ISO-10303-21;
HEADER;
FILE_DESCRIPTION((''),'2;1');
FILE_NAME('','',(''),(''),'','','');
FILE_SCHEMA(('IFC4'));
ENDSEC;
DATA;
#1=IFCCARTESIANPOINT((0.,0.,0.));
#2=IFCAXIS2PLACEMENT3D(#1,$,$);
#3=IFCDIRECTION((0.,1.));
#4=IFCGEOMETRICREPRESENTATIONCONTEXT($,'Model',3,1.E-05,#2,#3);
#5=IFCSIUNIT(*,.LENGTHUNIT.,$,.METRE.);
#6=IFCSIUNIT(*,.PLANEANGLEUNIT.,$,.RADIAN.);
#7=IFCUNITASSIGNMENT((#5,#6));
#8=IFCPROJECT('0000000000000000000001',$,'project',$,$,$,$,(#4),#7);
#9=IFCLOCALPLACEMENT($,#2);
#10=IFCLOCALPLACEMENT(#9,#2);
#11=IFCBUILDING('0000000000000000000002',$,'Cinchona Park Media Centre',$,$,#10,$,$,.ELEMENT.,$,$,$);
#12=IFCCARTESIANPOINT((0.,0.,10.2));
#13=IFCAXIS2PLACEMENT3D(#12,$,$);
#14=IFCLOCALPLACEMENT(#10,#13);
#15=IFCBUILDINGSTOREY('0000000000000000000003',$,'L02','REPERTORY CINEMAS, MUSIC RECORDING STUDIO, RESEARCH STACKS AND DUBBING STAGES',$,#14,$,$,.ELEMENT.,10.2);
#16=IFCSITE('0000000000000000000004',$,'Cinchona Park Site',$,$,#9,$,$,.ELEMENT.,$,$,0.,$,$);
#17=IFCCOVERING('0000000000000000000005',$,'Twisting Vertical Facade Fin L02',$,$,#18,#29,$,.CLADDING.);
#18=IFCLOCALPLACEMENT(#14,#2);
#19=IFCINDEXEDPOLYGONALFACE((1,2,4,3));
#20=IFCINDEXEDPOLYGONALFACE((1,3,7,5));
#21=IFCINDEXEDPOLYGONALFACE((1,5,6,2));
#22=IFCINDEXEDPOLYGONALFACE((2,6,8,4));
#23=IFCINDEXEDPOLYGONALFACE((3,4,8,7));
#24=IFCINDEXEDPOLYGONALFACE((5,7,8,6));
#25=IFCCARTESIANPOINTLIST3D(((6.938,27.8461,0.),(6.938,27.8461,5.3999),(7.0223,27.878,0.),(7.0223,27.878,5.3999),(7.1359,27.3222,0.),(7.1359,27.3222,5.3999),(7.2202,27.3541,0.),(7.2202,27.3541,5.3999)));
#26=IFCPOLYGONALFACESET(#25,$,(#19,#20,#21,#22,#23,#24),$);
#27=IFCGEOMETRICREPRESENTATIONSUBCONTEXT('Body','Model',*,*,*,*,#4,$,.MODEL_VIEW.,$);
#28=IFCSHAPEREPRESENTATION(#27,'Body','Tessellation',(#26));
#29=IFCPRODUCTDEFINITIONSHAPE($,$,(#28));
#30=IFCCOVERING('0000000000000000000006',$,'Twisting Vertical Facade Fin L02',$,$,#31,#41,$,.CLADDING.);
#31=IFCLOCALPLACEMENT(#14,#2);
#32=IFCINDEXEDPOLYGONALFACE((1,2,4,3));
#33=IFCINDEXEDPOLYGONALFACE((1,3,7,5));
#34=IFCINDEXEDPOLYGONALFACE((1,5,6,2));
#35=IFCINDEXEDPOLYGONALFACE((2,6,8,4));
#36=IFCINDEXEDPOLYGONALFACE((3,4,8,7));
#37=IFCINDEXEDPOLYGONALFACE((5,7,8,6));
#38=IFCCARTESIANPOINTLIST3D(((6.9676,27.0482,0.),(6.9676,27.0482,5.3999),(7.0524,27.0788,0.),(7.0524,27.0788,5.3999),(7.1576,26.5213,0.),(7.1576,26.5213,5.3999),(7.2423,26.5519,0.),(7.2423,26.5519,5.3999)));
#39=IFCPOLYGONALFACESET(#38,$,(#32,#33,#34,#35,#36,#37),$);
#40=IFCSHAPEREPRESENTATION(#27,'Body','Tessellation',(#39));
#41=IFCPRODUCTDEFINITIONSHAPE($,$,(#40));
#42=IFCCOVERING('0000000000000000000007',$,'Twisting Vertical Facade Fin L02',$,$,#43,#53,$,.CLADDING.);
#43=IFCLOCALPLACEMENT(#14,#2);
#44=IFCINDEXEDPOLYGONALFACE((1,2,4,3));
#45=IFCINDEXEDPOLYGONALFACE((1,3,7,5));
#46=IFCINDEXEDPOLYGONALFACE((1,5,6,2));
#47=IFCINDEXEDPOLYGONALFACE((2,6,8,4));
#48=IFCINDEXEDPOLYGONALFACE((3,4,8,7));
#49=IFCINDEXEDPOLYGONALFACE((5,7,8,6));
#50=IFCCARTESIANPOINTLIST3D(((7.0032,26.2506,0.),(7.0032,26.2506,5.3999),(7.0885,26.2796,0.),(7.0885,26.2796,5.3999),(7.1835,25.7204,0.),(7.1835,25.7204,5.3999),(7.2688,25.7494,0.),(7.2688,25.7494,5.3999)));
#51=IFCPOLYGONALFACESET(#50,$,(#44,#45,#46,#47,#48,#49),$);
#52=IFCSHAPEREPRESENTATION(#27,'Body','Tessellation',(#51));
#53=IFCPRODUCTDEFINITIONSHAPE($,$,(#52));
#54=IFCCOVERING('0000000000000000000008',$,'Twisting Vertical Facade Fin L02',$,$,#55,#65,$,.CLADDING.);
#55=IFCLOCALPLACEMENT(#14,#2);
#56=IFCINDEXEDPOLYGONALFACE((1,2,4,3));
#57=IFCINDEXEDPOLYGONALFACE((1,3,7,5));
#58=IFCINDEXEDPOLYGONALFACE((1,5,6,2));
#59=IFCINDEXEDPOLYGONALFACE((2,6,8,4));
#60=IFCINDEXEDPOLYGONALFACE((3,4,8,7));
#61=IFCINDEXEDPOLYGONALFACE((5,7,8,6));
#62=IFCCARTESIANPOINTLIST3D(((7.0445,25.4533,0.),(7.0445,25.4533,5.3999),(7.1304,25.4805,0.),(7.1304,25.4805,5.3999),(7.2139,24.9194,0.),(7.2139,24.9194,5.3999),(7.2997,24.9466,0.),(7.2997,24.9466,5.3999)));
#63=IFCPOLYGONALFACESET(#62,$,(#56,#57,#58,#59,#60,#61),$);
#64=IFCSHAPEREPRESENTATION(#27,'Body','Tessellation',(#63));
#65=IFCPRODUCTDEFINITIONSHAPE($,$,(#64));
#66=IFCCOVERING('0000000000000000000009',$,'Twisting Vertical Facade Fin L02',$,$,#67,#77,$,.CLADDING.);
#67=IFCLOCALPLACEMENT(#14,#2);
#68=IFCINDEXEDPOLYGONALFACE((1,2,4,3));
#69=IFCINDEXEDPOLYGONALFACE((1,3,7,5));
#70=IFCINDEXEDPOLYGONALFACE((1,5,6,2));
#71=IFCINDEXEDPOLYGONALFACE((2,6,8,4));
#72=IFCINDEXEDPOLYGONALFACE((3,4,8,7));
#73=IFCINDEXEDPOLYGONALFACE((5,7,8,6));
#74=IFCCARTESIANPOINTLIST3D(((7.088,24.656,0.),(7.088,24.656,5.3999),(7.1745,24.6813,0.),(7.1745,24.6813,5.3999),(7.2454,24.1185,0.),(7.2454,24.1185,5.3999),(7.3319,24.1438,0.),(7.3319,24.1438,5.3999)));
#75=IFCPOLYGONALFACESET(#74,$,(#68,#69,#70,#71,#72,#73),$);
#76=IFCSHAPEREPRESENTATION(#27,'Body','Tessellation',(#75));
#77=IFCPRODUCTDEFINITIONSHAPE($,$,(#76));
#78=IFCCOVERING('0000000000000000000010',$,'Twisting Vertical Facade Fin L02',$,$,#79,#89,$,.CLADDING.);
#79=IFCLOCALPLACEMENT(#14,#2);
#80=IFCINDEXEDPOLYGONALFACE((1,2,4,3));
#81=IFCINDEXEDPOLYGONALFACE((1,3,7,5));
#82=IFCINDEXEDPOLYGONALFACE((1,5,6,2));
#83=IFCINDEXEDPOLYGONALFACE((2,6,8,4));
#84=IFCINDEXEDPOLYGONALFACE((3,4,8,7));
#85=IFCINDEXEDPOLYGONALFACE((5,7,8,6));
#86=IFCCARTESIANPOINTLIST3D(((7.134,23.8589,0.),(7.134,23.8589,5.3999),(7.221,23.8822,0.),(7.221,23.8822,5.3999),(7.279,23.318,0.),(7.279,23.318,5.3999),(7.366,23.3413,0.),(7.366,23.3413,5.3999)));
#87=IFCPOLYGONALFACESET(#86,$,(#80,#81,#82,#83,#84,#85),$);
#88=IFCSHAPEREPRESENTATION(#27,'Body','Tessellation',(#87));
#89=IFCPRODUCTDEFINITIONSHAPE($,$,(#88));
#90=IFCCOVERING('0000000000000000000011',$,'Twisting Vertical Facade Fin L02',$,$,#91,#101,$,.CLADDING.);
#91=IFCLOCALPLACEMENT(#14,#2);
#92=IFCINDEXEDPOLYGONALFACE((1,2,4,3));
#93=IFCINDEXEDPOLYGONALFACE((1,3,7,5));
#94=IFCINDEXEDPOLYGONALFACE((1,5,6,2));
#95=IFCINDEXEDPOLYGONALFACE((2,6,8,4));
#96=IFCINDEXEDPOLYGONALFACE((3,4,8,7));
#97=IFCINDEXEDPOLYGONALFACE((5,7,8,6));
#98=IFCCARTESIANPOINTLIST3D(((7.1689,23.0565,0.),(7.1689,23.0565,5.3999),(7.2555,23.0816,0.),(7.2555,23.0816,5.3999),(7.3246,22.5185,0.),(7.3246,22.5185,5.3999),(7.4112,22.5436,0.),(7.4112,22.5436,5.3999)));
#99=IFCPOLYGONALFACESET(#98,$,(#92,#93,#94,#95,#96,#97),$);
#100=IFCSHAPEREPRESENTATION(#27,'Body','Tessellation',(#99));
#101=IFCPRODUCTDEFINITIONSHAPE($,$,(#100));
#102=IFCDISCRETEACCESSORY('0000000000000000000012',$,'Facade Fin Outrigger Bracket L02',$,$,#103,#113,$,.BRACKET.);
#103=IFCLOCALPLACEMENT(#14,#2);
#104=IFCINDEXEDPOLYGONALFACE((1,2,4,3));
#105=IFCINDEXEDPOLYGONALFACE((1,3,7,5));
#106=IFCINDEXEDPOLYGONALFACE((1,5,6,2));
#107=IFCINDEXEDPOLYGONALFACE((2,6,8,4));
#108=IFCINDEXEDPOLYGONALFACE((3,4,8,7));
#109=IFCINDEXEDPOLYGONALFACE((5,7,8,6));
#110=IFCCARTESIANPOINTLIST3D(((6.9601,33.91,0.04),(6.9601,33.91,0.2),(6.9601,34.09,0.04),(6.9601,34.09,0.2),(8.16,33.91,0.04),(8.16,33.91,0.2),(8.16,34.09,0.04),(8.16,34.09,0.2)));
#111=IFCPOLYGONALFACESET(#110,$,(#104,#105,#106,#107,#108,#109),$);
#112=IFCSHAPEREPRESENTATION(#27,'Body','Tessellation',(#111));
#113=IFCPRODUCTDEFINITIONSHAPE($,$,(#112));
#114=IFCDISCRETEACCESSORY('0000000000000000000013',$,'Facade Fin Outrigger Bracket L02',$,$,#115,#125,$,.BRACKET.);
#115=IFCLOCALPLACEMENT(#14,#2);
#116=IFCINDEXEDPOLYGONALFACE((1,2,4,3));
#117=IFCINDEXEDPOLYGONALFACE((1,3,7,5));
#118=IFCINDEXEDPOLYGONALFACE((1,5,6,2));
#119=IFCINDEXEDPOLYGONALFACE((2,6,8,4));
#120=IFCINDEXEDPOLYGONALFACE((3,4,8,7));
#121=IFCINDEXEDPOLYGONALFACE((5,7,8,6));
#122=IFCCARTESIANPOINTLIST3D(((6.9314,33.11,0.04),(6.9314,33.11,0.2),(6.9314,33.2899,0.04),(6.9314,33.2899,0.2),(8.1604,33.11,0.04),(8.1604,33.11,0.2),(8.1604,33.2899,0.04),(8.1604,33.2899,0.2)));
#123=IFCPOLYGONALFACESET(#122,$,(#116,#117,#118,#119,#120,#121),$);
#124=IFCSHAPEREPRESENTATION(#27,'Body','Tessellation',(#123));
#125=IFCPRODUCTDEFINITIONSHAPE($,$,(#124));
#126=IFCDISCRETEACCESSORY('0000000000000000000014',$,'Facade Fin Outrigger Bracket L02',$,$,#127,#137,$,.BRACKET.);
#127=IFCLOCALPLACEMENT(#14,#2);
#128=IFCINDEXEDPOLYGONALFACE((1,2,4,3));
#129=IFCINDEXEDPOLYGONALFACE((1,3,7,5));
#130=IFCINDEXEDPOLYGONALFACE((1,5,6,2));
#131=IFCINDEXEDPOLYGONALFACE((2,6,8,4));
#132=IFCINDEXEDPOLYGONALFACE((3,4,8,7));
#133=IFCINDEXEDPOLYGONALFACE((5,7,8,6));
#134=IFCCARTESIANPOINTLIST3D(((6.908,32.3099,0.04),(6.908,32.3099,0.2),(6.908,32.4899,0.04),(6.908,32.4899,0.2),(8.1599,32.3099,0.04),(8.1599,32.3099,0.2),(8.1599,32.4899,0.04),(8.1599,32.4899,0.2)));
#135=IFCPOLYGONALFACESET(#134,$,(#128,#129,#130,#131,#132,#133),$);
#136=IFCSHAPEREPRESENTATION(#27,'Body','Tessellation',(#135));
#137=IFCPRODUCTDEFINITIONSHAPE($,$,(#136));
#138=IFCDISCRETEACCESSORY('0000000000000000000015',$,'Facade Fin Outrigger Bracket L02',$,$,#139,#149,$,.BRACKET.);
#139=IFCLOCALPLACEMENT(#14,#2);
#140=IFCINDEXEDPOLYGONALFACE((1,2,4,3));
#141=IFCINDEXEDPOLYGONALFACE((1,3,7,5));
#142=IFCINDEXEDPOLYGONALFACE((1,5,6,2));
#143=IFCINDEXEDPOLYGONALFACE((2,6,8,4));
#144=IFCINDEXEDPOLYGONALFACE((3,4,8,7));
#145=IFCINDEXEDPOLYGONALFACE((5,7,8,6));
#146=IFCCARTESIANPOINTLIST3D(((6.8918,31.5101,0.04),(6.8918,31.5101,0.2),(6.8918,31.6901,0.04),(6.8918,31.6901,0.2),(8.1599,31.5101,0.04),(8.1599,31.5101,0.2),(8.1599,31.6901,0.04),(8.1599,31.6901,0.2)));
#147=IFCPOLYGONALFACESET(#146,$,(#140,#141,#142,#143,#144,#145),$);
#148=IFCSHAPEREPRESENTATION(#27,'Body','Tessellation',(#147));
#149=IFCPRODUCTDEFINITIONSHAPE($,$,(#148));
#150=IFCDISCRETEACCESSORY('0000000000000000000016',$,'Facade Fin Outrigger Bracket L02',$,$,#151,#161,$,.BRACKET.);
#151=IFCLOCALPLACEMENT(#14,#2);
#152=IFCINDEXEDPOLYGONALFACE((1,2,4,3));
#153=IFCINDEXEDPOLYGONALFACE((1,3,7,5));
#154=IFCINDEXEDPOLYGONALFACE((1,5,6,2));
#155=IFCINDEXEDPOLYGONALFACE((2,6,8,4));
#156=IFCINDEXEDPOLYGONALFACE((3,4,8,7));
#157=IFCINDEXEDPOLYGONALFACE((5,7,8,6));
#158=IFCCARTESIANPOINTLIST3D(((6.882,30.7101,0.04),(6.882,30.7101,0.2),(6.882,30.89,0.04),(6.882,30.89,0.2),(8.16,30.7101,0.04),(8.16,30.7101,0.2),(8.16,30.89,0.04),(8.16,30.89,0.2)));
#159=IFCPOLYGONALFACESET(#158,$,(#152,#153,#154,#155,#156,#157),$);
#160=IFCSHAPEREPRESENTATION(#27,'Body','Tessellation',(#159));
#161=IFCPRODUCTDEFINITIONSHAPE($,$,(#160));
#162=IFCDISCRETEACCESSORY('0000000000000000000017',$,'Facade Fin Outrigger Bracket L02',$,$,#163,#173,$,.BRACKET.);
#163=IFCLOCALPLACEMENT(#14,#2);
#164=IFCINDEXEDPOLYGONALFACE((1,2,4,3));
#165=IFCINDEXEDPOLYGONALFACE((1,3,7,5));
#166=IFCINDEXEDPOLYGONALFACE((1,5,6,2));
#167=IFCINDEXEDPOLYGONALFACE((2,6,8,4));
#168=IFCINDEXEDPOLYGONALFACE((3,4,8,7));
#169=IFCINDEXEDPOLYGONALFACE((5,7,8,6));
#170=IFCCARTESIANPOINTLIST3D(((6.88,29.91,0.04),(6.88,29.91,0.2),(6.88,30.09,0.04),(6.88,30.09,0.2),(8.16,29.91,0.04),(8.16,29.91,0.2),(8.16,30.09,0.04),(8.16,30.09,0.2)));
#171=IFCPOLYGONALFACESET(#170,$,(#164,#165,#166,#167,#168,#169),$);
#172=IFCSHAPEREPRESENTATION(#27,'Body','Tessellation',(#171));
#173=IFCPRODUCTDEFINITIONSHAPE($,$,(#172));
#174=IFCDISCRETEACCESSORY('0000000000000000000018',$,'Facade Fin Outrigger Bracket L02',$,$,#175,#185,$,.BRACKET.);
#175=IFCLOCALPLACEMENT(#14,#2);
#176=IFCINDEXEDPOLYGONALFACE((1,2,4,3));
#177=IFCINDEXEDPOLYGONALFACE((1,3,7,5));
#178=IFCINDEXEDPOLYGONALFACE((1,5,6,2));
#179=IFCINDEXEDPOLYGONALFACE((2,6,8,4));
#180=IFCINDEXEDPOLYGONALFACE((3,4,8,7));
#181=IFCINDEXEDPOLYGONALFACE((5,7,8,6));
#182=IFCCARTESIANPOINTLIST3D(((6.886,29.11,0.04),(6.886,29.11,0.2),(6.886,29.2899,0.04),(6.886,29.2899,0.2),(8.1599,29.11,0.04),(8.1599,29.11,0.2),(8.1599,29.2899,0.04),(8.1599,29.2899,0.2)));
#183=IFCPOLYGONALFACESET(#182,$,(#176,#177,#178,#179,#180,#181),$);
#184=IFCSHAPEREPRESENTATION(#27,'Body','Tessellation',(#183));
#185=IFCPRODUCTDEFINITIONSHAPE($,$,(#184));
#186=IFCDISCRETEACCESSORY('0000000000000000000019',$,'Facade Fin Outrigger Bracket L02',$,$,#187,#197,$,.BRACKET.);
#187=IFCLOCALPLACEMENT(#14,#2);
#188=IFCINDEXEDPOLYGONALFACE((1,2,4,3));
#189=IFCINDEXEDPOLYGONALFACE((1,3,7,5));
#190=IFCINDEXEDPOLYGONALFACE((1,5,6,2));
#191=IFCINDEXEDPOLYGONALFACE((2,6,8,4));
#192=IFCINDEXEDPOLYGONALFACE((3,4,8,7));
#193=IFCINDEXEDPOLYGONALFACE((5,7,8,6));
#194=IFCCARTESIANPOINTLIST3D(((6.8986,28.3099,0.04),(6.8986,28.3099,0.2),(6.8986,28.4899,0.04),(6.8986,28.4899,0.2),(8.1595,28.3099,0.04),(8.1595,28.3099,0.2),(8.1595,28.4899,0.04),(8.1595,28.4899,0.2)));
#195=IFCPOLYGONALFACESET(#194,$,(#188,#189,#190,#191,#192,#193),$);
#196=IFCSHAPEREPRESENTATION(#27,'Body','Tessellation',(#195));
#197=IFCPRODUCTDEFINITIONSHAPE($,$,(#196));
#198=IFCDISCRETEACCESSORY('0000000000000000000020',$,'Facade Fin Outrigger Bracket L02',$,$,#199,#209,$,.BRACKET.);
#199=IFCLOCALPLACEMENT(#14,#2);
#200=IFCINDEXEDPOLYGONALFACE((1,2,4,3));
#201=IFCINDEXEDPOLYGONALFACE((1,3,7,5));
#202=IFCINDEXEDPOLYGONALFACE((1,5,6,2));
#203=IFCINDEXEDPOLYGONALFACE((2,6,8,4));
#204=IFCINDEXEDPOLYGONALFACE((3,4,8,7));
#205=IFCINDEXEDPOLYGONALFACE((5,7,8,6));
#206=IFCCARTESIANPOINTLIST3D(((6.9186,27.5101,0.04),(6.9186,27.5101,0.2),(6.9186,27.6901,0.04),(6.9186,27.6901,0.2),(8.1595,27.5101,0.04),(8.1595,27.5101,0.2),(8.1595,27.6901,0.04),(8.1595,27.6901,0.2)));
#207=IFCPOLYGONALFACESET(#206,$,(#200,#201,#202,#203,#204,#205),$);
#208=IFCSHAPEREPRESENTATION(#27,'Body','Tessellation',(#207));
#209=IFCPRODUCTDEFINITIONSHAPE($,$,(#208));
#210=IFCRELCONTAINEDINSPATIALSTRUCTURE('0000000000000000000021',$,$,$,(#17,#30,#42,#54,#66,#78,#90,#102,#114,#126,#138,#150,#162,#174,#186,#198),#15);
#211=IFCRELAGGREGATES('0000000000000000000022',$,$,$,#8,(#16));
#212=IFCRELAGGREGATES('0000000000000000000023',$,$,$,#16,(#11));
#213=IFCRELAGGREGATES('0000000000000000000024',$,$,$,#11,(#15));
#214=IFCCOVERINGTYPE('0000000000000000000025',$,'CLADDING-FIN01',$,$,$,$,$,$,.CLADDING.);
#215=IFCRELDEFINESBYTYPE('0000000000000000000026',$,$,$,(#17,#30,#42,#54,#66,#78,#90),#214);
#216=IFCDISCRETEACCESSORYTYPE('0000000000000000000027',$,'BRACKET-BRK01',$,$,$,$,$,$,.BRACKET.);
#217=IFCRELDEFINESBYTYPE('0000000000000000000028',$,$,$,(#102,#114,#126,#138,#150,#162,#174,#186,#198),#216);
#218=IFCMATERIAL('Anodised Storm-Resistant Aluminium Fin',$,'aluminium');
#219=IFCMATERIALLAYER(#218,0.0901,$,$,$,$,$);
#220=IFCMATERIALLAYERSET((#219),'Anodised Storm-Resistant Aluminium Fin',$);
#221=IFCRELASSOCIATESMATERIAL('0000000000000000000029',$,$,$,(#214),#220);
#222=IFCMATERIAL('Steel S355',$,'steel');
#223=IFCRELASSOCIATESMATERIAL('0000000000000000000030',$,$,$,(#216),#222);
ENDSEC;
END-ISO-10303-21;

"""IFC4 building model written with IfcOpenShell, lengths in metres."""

from ifc_helpers import new_model, si_unit, direction, frame, origin, origin_2d, place, context, subcontext, project, spatial, rectangle, extrude, material, layer, layer_set, type_object, element, save


model = new_model("IFC4")

# Units and contexts
model_context = context("Model", 3, precision=1e-05, world=origin(), true_north=direction((0.0, 1.0)))
body_context = subcontext(model_context, "Body", "Model", "MODEL_VIEW")
ifc_project = project(units=[si_unit("LENGTHUNIT", "METRE"), si_unit("PLANEANGLEUNIT", "RADIAN")], contexts=[model_context])

# Site, building, storey
site_placement = place(None, origin())
site = spatial("IfcSite", under=ifc_project, at=site_placement, Name="Cinchona Park Site", CompositionType="ELEMENT", RefElevation=0.0)
building_placement = place(site_placement, origin())
building = spatial("IfcBuilding", under=site, at=building_placement, Name="Cinchona Park Media Centre", CompositionType="ELEMENT")
storey_placement = place(building_placement, frame((0.0, 0.0, 10.2)))
storey = spatial("IfcBuildingStorey", under=building, at=storey_placement, Name="L02", Description="REPERTORY CINEMAS, MUSIC RECORDING STUDIO, RESEARCH STACKS AND DUBBING STAGES", CompositionType="ELEMENT", Elevation=10.2)

# Coverings
ifc_material_1 = material(Name="Anodised Storm-Resistant Aluminium Fin", Category="aluminium")
ifc_layer_1 = layer(ifc_material_1, 0.0901)
ifc_layer_set_1 = layer_set([ifc_layer_1], Name="Anodised Storm-Resistant Aluminium Fin")
covering_type = type_object("IfcCoveringType", Name="CLADDING-FIN01", PredefinedType="CLADDING", material=ifc_layer_set_1)
for number, where, z_axis, x_axis, name in (
    (1, (7.0791, 27.6001, 0.0), (0.0, 0.0, 1.0), (0.353475, -0.935444, 0.0), "Twisting Vertical Facade Fin L02"),
    (2, (7.105, 26.8, 0.0), (0.0, 0.0, 1.0), (0.339231, -0.940703, 0.0), "Twisting Vertical Facade Fin L02"),
    (3, (7.136, 26.0, 0.0), (0.0, 0.0, 1.0), (0.321935, -0.946762, 0.0), "Twisting Vertical Facade Fin L02"),
    (4, (7.1721, 25.2, 0.0), (0.0, 0.0, 1.0), (0.30237, -0.953191, 0.0), "Twisting Vertical Facade Fin L02"),
    (5, (7.21, 24.3999, 0.0), (0.0, 0.0, 1.0), (0.281002, -0.959707, 0.0), "Twisting Vertical Facade Fin L02"),
    (6, (7.25, 23.6001, 0.0), (0.0, 0.0, 1.0), (0.258819, -0.965926, 0.0), "Twisting Vertical Facade Fin L02"),
    (7, (7.29, 22.8, 0.0), (0.0, 0.0, 1.0), (0.277985, -0.960585, 0.0), "Twisting Vertical Facade Fin L02"),
):
    element("IfcCovering", number, at=place(storey_placement, frame(where, z_axis=z_axis, x_axis=x_axis)), inside=storey, type_object=covering_type, Name=name, PredefinedType="CLADDING", context=body_context, shape_type="SweptSolid", body=[
        extrude(rectangle(XDim=0.5601, YDim=0.0901, at=origin_2d()), origin(), (0.0, 0.0, 1.0), 5.3999),
    ])

# Discrete accessories
ifc_material_2 = material(Name="Steel S355", Category="steel")
discrete_accessory_type = type_object("IfcDiscreteAccessoryType", Name="BRACKET-BRK01", PredefinedType="BRACKET", material=ifc_material_2)
discrete_accessory_1_placement = place(storey_placement, frame((7.5601, 34.0, 0.04), z_axis=(0.0, 0.0, 1.0), x_axis=(0.0, -1.0, 0.0)))
element("IfcDiscreteAccessory", 8, at=discrete_accessory_1_placement, inside=storey, type_object=discrete_accessory_type, Name="Facade Fin Outrigger Bracket L02", PredefinedType="BRACKET", context=body_context, shape_type="SweptSolid", body=[
    extrude(rectangle(XDim=0.1799, YDim=1.2, at=origin_2d()), origin(), (0.0, 0.0, 1.0), 0.1599),
])
discrete_accessory_2_placement = place(storey_placement, frame((7.5459, 33.2, 0.04), z_axis=(0.0, 0.0, 1.0), x_axis=(0.0, -1.0, 0.0)))
element("IfcDiscreteAccessory", 9, at=discrete_accessory_2_placement, inside=storey, type_object=discrete_accessory_type, Name="Facade Fin Outrigger Bracket L02", PredefinedType="BRACKET", context=body_context, shape_type="SweptSolid", body=[
    extrude(rectangle(XDim=0.1799, YDim=1.229, at=origin_2d()), origin(), (0.0, 0.0, 1.0), 0.1599),
])
discrete_accessory_3_placement = place(storey_placement, frame((7.5339, 32.3999, 0.04), z_axis=(0.0, 0.0, 1.0), x_axis=(0.0, -1.0, 0.0)))
element("IfcDiscreteAccessory", 10, at=discrete_accessory_3_placement, inside=storey, type_object=discrete_accessory_type, Name="Facade Fin Outrigger Bracket L02", PredefinedType="BRACKET", context=body_context, shape_type="SweptSolid", body=[
    extrude(rectangle(XDim=0.1799, YDim=1.252, at=origin_2d()), origin(), (0.0, 0.0, 1.0), 0.1599),
])
discrete_accessory_4_placement = place(storey_placement, frame((7.5259, 31.6001, 0.04), z_axis=(0.0, 0.0, 1.0), x_axis=(0.0, -1.0, 0.0)))
element("IfcDiscreteAccessory", 11, at=discrete_accessory_4_placement, inside=storey, type_object=discrete_accessory_type, Name="Facade Fin Outrigger Bracket L02", PredefinedType="BRACKET", context=body_context, shape_type="SweptSolid", body=[
    extrude(rectangle(XDim=0.1799, YDim=1.2681, at=origin_2d()), origin(), (0.0, 0.0, 1.0), 0.1599),
])
discrete_accessory_5_placement = place(storey_placement, frame((7.521, 30.8, 0.04), z_axis=(0.0, 0.0, 1.0), x_axis=(0.0, -1.0, 0.0)))
element("IfcDiscreteAccessory", 12, at=discrete_accessory_5_placement, inside=storey, type_object=discrete_accessory_type, Name="Facade Fin Outrigger Bracket L02", PredefinedType="BRACKET", context=body_context, shape_type="SweptSolid", body=[
    extrude(rectangle(XDim=0.1799, YDim=1.2781, at=origin_2d()), origin(), (0.0, 0.0, 1.0), 0.1599),
])
discrete_accessory_6_placement = place(storey_placement, frame((7.52, 30.0, 0.04), z_axis=(0.0, 0.0, 1.0), x_axis=(0.0, -1.0, 0.0)))
element("IfcDiscreteAccessory", 13, at=discrete_accessory_6_placement, inside=storey, type_object=discrete_accessory_type, Name="Facade Fin Outrigger Bracket L02", PredefinedType="BRACKET", context=body_context, shape_type="SweptSolid", body=[
    extrude(rectangle(XDim=0.1799, YDim=1.28, at=origin_2d()), origin(), (0.0, 0.0, 1.0), 0.1599),
])
discrete_accessory_7_placement = place(storey_placement, frame((7.5229, 29.2, 0.04), z_axis=(0.0, 0.0, 1.0), x_axis=(0.0, -1.0, 0.0)))
element("IfcDiscreteAccessory", 14, at=discrete_accessory_7_placement, inside=storey, type_object=discrete_accessory_type, Name="Facade Fin Outrigger Bracket L02", PredefinedType="BRACKET", context=body_context, shape_type="SweptSolid", body=[
    extrude(rectangle(XDim=0.1799, YDim=1.2739, at=origin_2d()), origin(), (0.0, 0.0, 1.0), 0.1599),
])
discrete_accessory_8_placement = place(storey_placement, frame((7.5291, 28.3999, 0.04), z_axis=(0.0, 0.0, 1.0), x_axis=(0.0, -1.0, 0.0)))
element("IfcDiscreteAccessory", 15, at=discrete_accessory_8_placement, inside=storey, type_object=discrete_accessory_type, Name="Facade Fin Outrigger Bracket L02", PredefinedType="BRACKET", context=body_context, shape_type="SweptSolid", body=[
    extrude(rectangle(XDim=0.1799, YDim=1.261, at=origin_2d()), origin(), (0.0, 0.0, 1.0), 0.1599),
])
discrete_accessory_9_placement = place(storey_placement, frame((7.5391, 27.6001, 0.04), z_axis=(0.0, 0.0, 1.0), x_axis=(0.0, -1.0, 0.0)))
element("IfcDiscreteAccessory", 16, at=discrete_accessory_9_placement, inside=storey, type_object=discrete_accessory_type, Name="Facade Fin Outrigger Bracket L02", PredefinedType="BRACKET", context=body_context, shape_type="SweptSolid", body=[
    extrude(rectangle(XDim=0.1799, YDim=1.241, at=origin_2d()), origin(), (0.0, 0.0, 1.0), 0.1599),
])

save(model, "model.ifc")
